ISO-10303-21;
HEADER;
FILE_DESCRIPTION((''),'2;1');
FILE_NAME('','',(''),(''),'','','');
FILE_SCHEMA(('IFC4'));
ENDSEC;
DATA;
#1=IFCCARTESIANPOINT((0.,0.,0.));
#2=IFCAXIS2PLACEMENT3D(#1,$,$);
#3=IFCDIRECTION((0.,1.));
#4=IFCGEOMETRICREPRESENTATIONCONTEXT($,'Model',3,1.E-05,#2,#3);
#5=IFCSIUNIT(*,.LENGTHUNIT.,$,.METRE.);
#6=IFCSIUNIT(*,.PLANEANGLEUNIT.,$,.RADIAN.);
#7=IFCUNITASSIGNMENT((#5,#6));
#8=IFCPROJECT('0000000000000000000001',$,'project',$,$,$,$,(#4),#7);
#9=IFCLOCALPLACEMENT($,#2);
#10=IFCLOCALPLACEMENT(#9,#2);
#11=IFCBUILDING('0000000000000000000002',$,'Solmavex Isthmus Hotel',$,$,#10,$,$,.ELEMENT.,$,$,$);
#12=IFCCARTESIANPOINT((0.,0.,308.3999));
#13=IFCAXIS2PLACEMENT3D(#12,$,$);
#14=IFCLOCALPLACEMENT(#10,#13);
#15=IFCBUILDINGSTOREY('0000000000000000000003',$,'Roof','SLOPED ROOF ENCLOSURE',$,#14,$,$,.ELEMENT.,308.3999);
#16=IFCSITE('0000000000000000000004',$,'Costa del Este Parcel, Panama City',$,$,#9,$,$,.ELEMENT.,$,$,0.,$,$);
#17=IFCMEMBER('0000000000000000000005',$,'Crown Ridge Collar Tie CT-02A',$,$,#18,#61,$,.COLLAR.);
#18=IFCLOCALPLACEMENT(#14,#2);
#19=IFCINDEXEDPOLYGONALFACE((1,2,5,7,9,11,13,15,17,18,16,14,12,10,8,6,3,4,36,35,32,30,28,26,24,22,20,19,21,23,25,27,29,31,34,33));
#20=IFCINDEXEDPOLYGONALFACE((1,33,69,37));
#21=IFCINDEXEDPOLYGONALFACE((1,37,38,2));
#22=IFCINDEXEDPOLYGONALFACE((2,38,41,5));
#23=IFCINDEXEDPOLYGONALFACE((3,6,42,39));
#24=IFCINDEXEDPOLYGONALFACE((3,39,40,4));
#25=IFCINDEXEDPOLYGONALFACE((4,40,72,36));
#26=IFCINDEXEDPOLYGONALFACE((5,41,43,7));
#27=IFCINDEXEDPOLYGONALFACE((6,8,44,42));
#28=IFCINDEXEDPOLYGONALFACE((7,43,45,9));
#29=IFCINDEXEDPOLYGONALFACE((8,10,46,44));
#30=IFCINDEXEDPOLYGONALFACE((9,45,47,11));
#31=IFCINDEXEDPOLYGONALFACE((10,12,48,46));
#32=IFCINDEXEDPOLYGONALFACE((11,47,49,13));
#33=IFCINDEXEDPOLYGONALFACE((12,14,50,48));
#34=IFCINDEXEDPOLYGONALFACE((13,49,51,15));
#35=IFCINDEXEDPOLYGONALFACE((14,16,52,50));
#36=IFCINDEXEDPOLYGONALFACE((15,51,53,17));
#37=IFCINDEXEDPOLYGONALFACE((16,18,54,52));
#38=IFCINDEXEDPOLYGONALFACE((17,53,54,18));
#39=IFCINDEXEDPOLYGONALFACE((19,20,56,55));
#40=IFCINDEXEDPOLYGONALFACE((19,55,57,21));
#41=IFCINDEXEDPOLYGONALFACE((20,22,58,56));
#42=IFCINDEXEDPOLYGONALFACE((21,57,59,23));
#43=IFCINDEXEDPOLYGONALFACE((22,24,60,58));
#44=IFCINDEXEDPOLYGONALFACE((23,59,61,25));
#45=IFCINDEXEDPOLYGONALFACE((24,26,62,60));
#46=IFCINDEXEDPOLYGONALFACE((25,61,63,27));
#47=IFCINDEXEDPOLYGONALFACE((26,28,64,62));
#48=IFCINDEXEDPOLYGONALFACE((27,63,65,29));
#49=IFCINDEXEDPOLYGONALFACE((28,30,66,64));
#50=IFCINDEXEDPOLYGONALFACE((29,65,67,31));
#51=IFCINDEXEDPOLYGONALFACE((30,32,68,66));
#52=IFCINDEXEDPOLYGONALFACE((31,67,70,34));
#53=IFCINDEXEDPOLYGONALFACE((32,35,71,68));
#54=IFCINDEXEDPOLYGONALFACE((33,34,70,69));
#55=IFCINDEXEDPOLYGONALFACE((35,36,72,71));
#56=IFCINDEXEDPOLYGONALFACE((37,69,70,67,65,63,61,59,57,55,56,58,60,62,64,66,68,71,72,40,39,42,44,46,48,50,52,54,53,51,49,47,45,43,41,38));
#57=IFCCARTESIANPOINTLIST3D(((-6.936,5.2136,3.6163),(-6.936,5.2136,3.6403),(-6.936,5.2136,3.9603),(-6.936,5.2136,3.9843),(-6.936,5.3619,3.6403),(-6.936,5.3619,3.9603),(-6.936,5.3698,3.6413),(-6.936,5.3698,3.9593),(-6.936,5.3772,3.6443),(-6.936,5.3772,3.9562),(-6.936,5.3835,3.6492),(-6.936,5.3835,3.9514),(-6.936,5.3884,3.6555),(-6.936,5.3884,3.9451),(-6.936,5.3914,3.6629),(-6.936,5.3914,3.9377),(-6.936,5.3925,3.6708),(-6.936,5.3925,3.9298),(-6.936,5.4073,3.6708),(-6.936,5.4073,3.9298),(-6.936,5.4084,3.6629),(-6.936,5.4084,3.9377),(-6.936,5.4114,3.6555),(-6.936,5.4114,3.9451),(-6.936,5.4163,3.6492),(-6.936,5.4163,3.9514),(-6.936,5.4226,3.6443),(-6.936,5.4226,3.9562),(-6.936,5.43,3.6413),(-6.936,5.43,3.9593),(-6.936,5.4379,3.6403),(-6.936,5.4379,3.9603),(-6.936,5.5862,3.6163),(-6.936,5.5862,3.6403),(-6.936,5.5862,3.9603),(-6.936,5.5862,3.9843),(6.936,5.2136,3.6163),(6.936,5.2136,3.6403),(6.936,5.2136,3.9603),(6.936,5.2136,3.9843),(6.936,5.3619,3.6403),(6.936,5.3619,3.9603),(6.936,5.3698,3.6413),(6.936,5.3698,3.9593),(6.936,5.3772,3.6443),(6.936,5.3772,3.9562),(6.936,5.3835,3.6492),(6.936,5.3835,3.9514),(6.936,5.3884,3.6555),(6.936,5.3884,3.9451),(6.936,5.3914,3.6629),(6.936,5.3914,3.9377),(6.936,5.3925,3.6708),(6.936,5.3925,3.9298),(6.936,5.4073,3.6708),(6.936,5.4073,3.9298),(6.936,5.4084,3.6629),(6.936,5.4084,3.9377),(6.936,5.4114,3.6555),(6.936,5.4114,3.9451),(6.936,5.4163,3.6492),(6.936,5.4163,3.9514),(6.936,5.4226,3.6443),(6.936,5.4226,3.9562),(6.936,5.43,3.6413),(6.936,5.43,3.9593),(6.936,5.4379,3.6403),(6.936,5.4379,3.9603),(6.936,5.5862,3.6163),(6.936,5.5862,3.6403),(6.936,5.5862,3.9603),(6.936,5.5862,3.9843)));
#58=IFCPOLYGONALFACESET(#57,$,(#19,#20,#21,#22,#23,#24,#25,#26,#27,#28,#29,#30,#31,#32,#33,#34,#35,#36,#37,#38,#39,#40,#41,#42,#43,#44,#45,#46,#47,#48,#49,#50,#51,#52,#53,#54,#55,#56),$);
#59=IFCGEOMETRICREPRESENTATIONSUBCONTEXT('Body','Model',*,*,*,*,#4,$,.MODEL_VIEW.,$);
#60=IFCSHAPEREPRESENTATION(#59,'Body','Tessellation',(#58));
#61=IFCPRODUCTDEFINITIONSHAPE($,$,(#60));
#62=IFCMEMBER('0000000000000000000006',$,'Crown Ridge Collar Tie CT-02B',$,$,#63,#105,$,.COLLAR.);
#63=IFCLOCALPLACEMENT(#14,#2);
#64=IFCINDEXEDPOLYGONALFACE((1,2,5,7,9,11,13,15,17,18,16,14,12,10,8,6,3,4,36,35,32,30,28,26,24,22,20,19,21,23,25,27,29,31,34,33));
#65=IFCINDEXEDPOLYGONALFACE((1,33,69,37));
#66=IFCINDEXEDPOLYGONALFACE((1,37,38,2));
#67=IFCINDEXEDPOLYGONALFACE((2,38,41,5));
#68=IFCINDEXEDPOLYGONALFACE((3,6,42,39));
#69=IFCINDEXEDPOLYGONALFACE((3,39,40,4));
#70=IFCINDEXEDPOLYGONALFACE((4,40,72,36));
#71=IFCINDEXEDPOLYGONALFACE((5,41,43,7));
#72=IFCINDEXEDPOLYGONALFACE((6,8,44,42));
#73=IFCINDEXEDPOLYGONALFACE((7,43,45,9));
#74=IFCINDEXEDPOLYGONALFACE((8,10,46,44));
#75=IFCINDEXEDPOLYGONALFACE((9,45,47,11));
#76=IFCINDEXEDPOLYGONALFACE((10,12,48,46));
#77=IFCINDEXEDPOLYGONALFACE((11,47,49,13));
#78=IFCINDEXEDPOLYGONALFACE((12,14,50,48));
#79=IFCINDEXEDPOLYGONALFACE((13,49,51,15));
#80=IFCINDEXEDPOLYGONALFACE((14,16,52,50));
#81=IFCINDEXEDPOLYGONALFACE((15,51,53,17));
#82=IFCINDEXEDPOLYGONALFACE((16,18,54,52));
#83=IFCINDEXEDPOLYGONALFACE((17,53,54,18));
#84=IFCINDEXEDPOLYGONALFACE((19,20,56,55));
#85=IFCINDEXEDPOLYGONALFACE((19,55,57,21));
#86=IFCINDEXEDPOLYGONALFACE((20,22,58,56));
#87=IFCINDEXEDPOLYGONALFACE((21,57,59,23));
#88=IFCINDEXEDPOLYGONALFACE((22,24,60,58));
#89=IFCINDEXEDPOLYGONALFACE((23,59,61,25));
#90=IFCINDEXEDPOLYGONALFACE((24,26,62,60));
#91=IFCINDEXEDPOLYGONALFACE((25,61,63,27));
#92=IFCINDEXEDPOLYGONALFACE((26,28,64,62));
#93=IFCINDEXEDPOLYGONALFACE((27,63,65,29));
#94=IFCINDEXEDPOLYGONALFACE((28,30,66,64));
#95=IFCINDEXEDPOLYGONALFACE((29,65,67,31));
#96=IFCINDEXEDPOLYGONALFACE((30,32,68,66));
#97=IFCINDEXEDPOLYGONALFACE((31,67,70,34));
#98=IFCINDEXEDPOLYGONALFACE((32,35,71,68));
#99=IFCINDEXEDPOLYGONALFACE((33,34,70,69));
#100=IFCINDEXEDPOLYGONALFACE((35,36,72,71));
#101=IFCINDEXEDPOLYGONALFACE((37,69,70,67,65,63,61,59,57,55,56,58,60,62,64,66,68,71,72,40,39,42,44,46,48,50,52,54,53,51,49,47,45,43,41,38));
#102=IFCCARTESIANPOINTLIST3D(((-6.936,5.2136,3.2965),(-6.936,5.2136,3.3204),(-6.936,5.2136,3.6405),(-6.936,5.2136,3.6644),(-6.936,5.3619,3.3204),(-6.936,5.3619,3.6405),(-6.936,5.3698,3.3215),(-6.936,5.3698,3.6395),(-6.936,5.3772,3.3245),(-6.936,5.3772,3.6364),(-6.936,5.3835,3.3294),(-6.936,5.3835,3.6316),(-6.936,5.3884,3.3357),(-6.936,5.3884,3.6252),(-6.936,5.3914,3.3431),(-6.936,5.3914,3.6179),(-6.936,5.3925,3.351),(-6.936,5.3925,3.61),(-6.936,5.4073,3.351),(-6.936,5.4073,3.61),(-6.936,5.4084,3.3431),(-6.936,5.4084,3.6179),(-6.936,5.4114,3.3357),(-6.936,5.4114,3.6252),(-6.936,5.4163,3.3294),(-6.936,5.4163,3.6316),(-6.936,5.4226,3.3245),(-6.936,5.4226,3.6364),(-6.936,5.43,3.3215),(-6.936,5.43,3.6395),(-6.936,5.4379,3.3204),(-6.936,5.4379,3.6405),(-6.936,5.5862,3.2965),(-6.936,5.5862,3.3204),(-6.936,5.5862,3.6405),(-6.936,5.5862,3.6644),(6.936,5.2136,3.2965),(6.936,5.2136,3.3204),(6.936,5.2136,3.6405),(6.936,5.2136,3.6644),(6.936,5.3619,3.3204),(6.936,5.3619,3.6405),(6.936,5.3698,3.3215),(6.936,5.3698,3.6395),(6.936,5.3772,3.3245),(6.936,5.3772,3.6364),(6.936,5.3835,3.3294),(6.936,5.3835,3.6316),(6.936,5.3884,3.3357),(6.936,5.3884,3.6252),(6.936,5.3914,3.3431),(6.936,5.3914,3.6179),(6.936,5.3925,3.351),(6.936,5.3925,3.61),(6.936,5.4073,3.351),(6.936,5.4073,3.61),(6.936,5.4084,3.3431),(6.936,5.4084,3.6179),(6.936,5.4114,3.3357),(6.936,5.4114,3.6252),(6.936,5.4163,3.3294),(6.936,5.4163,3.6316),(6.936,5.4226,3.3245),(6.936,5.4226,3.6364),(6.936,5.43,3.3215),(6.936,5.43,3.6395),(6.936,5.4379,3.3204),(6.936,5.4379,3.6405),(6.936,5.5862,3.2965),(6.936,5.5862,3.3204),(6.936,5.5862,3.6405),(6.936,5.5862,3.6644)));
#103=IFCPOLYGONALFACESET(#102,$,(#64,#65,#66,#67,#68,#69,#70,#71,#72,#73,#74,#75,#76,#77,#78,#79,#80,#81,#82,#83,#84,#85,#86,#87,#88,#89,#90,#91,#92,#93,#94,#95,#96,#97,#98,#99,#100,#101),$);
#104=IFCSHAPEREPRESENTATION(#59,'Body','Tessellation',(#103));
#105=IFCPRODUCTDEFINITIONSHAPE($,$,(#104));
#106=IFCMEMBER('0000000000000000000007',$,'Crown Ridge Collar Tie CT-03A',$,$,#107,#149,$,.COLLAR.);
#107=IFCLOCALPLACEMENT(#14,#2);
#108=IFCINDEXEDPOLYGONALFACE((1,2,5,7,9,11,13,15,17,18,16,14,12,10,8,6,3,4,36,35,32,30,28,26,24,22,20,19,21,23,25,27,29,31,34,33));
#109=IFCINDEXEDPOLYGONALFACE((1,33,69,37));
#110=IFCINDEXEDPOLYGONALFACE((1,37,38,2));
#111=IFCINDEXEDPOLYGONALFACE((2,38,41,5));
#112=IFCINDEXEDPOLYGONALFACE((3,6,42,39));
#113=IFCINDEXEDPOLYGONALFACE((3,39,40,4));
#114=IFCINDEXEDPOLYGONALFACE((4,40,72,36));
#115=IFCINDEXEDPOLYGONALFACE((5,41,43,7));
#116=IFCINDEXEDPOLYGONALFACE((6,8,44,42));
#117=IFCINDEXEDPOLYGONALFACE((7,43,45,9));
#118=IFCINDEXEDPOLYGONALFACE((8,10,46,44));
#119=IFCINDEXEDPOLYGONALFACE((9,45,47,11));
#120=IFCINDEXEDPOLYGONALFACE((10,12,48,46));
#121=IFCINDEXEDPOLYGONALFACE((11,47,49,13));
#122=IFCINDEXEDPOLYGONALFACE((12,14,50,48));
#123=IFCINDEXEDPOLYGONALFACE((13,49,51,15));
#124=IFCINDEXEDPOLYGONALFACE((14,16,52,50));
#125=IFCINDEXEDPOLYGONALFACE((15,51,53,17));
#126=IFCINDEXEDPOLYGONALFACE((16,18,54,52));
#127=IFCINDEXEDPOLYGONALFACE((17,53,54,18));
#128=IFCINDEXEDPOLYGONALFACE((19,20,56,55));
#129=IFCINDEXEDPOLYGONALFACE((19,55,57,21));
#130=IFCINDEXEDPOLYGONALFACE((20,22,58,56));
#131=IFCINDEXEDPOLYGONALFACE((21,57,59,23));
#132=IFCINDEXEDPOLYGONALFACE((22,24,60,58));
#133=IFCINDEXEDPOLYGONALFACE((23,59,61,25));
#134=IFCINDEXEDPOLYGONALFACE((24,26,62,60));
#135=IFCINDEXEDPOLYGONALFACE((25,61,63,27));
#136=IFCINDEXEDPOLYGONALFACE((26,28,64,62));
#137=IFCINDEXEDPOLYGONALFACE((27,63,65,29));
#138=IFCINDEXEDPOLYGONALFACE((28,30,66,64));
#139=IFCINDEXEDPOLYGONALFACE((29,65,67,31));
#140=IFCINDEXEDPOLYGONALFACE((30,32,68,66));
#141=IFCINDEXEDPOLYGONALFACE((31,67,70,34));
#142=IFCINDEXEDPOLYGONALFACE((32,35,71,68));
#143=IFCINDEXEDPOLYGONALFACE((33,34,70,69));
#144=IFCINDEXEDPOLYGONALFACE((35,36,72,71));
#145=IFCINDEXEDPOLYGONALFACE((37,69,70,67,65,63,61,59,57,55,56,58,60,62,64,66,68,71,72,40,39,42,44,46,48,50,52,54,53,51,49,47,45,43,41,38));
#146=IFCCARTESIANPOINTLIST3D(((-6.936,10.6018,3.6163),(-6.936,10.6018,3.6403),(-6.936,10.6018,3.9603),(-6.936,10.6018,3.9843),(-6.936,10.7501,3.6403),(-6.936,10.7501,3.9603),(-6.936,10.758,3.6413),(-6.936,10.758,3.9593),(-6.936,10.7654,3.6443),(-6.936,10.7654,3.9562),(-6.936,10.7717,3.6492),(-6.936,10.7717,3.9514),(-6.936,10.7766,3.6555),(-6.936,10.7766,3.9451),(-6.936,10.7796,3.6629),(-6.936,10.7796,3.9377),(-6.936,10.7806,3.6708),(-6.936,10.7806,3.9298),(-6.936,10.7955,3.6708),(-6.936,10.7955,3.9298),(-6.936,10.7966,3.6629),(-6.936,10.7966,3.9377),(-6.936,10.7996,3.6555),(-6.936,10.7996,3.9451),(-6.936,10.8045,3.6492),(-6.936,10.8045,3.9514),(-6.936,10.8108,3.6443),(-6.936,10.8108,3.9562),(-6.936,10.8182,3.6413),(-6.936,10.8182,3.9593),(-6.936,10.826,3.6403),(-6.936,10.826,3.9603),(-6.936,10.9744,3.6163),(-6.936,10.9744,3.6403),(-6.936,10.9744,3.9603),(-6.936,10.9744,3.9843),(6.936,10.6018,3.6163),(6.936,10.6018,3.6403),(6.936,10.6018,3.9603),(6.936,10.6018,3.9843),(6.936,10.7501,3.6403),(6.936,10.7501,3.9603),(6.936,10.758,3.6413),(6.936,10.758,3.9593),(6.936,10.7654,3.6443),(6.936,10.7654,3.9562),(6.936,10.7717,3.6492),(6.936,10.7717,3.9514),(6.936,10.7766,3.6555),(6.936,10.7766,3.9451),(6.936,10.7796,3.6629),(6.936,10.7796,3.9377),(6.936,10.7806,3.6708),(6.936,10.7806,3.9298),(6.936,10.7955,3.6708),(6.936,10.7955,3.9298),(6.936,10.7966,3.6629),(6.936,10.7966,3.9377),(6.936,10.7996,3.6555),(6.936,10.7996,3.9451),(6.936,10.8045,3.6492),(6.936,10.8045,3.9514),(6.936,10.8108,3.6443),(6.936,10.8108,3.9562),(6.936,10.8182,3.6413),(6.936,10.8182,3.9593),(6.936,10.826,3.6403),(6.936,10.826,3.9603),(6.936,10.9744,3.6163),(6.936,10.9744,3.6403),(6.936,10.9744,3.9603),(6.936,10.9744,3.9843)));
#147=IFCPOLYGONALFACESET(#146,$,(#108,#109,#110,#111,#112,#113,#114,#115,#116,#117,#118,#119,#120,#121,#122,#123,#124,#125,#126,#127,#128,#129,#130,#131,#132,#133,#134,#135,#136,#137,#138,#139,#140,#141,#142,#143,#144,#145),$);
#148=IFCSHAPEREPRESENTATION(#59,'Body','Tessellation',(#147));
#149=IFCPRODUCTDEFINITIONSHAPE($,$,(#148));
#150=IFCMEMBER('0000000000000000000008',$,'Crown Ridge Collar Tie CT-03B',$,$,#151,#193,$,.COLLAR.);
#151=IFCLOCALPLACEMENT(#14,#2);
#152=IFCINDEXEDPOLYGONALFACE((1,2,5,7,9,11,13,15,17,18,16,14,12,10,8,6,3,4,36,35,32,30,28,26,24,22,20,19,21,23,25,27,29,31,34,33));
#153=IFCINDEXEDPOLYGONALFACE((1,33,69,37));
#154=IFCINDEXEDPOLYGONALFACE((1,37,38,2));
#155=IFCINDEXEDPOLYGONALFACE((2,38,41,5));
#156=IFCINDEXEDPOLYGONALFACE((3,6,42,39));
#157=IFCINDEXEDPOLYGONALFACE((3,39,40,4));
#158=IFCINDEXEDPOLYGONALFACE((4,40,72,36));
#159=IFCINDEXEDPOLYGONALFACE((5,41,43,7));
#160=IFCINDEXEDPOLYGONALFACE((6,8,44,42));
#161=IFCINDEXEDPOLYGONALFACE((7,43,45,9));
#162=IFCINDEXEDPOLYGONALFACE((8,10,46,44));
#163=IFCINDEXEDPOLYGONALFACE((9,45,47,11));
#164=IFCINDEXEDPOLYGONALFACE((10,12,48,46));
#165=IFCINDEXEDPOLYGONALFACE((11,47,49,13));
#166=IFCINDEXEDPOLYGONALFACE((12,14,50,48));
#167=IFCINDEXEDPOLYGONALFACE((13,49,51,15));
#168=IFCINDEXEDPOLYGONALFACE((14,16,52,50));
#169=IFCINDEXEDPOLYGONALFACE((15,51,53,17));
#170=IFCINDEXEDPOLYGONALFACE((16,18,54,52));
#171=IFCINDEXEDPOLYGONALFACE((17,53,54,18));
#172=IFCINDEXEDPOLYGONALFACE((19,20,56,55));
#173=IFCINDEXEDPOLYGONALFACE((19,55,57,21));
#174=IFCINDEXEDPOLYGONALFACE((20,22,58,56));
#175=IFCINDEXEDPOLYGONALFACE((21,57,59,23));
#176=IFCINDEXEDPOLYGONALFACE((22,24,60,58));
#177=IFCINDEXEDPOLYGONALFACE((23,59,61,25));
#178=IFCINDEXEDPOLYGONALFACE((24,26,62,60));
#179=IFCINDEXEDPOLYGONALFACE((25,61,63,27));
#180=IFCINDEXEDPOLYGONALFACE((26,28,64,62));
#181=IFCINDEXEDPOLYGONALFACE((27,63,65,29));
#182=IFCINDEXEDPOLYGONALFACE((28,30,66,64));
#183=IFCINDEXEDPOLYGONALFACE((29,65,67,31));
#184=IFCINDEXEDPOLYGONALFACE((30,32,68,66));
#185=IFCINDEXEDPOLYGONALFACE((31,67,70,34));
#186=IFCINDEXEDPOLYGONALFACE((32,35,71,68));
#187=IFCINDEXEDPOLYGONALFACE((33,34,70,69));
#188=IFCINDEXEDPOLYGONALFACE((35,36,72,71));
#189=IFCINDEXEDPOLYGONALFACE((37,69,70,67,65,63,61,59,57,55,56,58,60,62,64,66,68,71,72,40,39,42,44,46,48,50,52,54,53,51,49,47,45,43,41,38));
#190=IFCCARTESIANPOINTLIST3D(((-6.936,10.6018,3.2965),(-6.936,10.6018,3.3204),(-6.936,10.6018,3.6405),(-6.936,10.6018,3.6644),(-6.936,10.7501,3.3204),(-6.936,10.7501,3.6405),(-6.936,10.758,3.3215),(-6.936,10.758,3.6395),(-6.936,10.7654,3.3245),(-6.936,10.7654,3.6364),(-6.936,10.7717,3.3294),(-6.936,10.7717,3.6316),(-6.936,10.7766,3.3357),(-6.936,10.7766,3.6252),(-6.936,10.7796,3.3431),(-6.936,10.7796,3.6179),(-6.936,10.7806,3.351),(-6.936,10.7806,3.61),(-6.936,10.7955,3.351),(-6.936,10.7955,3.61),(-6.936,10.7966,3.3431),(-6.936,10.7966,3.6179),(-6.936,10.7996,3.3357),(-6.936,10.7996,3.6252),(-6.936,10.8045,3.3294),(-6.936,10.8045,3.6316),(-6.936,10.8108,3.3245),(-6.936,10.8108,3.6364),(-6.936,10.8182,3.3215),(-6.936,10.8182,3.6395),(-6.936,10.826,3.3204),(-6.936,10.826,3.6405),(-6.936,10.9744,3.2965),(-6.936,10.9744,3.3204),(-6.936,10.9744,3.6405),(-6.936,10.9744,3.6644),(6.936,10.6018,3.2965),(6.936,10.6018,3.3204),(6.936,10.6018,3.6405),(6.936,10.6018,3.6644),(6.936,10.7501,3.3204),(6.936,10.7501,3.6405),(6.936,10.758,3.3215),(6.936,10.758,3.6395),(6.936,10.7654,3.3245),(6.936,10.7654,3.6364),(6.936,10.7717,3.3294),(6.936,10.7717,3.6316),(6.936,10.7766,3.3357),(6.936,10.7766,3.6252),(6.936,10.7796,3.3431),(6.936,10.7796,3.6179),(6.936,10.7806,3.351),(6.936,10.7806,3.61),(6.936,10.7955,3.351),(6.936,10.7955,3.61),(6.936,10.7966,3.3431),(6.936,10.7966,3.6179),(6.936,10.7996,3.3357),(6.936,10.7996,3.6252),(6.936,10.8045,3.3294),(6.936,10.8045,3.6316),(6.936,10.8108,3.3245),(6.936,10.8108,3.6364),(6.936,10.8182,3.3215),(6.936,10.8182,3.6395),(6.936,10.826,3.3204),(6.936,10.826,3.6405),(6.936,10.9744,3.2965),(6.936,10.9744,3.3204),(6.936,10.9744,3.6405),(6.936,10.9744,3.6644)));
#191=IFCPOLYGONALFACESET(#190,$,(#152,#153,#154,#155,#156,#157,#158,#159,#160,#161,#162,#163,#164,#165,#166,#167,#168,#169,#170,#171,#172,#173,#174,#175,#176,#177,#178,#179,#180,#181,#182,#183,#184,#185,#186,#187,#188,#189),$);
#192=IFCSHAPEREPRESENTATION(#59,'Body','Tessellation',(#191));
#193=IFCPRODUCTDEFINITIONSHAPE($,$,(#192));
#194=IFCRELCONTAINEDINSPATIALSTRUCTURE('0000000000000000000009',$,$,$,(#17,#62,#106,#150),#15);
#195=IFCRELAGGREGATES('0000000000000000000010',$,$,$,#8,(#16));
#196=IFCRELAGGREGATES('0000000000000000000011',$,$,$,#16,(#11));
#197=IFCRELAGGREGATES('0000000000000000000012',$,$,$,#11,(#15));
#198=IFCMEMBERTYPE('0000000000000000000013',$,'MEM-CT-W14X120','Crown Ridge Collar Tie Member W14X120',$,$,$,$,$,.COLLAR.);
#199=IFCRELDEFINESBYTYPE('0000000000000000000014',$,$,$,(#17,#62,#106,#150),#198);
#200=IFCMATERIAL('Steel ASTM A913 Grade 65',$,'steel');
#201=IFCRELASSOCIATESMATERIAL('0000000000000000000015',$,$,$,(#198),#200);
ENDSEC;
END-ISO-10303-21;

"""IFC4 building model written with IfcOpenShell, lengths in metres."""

from ifc_helpers import new_model, si_unit, direction, frame, origin, origin_2d, place, context, subcontext, project, spatial, i_section, extrude, material, material_profile, profile_set, type_object, element, save


model = new_model("IFC4")

# Units and contexts
model_context = context("Model", 3, precision=1e-05, world=origin(), true_north=direction((0.0, 1.0)))
body_context = subcontext(model_context, "Body", "Model", "MODEL_VIEW")
ifc_project = project(units=[si_unit("LENGTHUNIT", "METRE"), si_unit("PLANEANGLEUNIT", "RADIAN")], contexts=[model_context])

# Site, building, storey
site_placement = place(None, origin())
site = spatial("IfcSite", under=ifc_project, at=site_placement, Name="Costa del Este Parcel, Panama City", CompositionType="ELEMENT", RefElevation=0.0)
building_placement = place(site_placement, origin())
building = spatial("IfcBuilding", under=site, at=building_placement, Name="Solmavex Isthmus Hotel", CompositionType="ELEMENT")
storey_placement = place(building_placement, frame((0.0, 0.0, 308.3999)))
storey = spatial("IfcBuildingStorey", under=building, at=storey_placement, Name="Roof", Description="SLOPED ROOF ENCLOSURE", CompositionType="ELEMENT", Elevation=308.3999)

# Shared definitions
ifc_material_1 = material(Name="Steel ASTM A913 Grade 65", Category="steel")

# Members
ifc_material_profile_1 = material_profile(ifc_material_1, i_section(OverallWidth=0.3726, OverallDepth=0.3679, WebThickness=0.0149, FlangeThickness=0.0239, FilletRadius=0.0305, at=origin_2d()), Name="W14X120")
ifc_profile_set_1 = profile_set([ifc_material_profile_1], Name="Steel ASTM A913 Grade 65")
member_type_1 = type_object("IfcMemberType", Name="MEM-CT-W14X120", Description="Crown Ridge Collar Tie Member W14X120", PredefinedType="COLLAR", material=ifc_profile_set_1)
for number, where, z_axis, x_axis, name in (
    (1, (-6.936, 5.3999, 3.8003), (1.0, 0.0, 0.0), (0.0, 1.0, 0.0), "Crown Ridge Collar Tie CT-02A"),
    (2, (-6.936, 5.3999, 3.4805), (1.0, 0.0, 0.0), (0.0, 1.0, 0.0), "Crown Ridge Collar Tie CT-02B"),
    (3, (-6.936, 10.7881, 3.8003), (1.0, 0.0, 0.0), (0.0, 1.0, 0.0), "Crown Ridge Collar Tie CT-03A"),
    (4, (-6.936, 10.7881, 3.4805), (1.0, 0.0, 0.0), (0.0, 1.0, 0.0), "Crown Ridge Collar Tie CT-03B"),
):
    element("IfcMember", number, at=place(storey_placement, frame(where, z_axis=z_axis, x_axis=x_axis)), inside=storey, type_object=member_type_1, Name=name, PredefinedType="COLLAR", context=body_context, shape_type="SweptSolid", body=[
        extrude(i_section(OverallWidth=0.3726, OverallDepth=0.3679, WebThickness=0.0149, FlangeThickness=0.0239, FilletRadius=0.0305, at=origin_2d()), origin(), (0.0, 0.0, 1.0), 13.8721),
    ])

save(model, "model.ifc")
